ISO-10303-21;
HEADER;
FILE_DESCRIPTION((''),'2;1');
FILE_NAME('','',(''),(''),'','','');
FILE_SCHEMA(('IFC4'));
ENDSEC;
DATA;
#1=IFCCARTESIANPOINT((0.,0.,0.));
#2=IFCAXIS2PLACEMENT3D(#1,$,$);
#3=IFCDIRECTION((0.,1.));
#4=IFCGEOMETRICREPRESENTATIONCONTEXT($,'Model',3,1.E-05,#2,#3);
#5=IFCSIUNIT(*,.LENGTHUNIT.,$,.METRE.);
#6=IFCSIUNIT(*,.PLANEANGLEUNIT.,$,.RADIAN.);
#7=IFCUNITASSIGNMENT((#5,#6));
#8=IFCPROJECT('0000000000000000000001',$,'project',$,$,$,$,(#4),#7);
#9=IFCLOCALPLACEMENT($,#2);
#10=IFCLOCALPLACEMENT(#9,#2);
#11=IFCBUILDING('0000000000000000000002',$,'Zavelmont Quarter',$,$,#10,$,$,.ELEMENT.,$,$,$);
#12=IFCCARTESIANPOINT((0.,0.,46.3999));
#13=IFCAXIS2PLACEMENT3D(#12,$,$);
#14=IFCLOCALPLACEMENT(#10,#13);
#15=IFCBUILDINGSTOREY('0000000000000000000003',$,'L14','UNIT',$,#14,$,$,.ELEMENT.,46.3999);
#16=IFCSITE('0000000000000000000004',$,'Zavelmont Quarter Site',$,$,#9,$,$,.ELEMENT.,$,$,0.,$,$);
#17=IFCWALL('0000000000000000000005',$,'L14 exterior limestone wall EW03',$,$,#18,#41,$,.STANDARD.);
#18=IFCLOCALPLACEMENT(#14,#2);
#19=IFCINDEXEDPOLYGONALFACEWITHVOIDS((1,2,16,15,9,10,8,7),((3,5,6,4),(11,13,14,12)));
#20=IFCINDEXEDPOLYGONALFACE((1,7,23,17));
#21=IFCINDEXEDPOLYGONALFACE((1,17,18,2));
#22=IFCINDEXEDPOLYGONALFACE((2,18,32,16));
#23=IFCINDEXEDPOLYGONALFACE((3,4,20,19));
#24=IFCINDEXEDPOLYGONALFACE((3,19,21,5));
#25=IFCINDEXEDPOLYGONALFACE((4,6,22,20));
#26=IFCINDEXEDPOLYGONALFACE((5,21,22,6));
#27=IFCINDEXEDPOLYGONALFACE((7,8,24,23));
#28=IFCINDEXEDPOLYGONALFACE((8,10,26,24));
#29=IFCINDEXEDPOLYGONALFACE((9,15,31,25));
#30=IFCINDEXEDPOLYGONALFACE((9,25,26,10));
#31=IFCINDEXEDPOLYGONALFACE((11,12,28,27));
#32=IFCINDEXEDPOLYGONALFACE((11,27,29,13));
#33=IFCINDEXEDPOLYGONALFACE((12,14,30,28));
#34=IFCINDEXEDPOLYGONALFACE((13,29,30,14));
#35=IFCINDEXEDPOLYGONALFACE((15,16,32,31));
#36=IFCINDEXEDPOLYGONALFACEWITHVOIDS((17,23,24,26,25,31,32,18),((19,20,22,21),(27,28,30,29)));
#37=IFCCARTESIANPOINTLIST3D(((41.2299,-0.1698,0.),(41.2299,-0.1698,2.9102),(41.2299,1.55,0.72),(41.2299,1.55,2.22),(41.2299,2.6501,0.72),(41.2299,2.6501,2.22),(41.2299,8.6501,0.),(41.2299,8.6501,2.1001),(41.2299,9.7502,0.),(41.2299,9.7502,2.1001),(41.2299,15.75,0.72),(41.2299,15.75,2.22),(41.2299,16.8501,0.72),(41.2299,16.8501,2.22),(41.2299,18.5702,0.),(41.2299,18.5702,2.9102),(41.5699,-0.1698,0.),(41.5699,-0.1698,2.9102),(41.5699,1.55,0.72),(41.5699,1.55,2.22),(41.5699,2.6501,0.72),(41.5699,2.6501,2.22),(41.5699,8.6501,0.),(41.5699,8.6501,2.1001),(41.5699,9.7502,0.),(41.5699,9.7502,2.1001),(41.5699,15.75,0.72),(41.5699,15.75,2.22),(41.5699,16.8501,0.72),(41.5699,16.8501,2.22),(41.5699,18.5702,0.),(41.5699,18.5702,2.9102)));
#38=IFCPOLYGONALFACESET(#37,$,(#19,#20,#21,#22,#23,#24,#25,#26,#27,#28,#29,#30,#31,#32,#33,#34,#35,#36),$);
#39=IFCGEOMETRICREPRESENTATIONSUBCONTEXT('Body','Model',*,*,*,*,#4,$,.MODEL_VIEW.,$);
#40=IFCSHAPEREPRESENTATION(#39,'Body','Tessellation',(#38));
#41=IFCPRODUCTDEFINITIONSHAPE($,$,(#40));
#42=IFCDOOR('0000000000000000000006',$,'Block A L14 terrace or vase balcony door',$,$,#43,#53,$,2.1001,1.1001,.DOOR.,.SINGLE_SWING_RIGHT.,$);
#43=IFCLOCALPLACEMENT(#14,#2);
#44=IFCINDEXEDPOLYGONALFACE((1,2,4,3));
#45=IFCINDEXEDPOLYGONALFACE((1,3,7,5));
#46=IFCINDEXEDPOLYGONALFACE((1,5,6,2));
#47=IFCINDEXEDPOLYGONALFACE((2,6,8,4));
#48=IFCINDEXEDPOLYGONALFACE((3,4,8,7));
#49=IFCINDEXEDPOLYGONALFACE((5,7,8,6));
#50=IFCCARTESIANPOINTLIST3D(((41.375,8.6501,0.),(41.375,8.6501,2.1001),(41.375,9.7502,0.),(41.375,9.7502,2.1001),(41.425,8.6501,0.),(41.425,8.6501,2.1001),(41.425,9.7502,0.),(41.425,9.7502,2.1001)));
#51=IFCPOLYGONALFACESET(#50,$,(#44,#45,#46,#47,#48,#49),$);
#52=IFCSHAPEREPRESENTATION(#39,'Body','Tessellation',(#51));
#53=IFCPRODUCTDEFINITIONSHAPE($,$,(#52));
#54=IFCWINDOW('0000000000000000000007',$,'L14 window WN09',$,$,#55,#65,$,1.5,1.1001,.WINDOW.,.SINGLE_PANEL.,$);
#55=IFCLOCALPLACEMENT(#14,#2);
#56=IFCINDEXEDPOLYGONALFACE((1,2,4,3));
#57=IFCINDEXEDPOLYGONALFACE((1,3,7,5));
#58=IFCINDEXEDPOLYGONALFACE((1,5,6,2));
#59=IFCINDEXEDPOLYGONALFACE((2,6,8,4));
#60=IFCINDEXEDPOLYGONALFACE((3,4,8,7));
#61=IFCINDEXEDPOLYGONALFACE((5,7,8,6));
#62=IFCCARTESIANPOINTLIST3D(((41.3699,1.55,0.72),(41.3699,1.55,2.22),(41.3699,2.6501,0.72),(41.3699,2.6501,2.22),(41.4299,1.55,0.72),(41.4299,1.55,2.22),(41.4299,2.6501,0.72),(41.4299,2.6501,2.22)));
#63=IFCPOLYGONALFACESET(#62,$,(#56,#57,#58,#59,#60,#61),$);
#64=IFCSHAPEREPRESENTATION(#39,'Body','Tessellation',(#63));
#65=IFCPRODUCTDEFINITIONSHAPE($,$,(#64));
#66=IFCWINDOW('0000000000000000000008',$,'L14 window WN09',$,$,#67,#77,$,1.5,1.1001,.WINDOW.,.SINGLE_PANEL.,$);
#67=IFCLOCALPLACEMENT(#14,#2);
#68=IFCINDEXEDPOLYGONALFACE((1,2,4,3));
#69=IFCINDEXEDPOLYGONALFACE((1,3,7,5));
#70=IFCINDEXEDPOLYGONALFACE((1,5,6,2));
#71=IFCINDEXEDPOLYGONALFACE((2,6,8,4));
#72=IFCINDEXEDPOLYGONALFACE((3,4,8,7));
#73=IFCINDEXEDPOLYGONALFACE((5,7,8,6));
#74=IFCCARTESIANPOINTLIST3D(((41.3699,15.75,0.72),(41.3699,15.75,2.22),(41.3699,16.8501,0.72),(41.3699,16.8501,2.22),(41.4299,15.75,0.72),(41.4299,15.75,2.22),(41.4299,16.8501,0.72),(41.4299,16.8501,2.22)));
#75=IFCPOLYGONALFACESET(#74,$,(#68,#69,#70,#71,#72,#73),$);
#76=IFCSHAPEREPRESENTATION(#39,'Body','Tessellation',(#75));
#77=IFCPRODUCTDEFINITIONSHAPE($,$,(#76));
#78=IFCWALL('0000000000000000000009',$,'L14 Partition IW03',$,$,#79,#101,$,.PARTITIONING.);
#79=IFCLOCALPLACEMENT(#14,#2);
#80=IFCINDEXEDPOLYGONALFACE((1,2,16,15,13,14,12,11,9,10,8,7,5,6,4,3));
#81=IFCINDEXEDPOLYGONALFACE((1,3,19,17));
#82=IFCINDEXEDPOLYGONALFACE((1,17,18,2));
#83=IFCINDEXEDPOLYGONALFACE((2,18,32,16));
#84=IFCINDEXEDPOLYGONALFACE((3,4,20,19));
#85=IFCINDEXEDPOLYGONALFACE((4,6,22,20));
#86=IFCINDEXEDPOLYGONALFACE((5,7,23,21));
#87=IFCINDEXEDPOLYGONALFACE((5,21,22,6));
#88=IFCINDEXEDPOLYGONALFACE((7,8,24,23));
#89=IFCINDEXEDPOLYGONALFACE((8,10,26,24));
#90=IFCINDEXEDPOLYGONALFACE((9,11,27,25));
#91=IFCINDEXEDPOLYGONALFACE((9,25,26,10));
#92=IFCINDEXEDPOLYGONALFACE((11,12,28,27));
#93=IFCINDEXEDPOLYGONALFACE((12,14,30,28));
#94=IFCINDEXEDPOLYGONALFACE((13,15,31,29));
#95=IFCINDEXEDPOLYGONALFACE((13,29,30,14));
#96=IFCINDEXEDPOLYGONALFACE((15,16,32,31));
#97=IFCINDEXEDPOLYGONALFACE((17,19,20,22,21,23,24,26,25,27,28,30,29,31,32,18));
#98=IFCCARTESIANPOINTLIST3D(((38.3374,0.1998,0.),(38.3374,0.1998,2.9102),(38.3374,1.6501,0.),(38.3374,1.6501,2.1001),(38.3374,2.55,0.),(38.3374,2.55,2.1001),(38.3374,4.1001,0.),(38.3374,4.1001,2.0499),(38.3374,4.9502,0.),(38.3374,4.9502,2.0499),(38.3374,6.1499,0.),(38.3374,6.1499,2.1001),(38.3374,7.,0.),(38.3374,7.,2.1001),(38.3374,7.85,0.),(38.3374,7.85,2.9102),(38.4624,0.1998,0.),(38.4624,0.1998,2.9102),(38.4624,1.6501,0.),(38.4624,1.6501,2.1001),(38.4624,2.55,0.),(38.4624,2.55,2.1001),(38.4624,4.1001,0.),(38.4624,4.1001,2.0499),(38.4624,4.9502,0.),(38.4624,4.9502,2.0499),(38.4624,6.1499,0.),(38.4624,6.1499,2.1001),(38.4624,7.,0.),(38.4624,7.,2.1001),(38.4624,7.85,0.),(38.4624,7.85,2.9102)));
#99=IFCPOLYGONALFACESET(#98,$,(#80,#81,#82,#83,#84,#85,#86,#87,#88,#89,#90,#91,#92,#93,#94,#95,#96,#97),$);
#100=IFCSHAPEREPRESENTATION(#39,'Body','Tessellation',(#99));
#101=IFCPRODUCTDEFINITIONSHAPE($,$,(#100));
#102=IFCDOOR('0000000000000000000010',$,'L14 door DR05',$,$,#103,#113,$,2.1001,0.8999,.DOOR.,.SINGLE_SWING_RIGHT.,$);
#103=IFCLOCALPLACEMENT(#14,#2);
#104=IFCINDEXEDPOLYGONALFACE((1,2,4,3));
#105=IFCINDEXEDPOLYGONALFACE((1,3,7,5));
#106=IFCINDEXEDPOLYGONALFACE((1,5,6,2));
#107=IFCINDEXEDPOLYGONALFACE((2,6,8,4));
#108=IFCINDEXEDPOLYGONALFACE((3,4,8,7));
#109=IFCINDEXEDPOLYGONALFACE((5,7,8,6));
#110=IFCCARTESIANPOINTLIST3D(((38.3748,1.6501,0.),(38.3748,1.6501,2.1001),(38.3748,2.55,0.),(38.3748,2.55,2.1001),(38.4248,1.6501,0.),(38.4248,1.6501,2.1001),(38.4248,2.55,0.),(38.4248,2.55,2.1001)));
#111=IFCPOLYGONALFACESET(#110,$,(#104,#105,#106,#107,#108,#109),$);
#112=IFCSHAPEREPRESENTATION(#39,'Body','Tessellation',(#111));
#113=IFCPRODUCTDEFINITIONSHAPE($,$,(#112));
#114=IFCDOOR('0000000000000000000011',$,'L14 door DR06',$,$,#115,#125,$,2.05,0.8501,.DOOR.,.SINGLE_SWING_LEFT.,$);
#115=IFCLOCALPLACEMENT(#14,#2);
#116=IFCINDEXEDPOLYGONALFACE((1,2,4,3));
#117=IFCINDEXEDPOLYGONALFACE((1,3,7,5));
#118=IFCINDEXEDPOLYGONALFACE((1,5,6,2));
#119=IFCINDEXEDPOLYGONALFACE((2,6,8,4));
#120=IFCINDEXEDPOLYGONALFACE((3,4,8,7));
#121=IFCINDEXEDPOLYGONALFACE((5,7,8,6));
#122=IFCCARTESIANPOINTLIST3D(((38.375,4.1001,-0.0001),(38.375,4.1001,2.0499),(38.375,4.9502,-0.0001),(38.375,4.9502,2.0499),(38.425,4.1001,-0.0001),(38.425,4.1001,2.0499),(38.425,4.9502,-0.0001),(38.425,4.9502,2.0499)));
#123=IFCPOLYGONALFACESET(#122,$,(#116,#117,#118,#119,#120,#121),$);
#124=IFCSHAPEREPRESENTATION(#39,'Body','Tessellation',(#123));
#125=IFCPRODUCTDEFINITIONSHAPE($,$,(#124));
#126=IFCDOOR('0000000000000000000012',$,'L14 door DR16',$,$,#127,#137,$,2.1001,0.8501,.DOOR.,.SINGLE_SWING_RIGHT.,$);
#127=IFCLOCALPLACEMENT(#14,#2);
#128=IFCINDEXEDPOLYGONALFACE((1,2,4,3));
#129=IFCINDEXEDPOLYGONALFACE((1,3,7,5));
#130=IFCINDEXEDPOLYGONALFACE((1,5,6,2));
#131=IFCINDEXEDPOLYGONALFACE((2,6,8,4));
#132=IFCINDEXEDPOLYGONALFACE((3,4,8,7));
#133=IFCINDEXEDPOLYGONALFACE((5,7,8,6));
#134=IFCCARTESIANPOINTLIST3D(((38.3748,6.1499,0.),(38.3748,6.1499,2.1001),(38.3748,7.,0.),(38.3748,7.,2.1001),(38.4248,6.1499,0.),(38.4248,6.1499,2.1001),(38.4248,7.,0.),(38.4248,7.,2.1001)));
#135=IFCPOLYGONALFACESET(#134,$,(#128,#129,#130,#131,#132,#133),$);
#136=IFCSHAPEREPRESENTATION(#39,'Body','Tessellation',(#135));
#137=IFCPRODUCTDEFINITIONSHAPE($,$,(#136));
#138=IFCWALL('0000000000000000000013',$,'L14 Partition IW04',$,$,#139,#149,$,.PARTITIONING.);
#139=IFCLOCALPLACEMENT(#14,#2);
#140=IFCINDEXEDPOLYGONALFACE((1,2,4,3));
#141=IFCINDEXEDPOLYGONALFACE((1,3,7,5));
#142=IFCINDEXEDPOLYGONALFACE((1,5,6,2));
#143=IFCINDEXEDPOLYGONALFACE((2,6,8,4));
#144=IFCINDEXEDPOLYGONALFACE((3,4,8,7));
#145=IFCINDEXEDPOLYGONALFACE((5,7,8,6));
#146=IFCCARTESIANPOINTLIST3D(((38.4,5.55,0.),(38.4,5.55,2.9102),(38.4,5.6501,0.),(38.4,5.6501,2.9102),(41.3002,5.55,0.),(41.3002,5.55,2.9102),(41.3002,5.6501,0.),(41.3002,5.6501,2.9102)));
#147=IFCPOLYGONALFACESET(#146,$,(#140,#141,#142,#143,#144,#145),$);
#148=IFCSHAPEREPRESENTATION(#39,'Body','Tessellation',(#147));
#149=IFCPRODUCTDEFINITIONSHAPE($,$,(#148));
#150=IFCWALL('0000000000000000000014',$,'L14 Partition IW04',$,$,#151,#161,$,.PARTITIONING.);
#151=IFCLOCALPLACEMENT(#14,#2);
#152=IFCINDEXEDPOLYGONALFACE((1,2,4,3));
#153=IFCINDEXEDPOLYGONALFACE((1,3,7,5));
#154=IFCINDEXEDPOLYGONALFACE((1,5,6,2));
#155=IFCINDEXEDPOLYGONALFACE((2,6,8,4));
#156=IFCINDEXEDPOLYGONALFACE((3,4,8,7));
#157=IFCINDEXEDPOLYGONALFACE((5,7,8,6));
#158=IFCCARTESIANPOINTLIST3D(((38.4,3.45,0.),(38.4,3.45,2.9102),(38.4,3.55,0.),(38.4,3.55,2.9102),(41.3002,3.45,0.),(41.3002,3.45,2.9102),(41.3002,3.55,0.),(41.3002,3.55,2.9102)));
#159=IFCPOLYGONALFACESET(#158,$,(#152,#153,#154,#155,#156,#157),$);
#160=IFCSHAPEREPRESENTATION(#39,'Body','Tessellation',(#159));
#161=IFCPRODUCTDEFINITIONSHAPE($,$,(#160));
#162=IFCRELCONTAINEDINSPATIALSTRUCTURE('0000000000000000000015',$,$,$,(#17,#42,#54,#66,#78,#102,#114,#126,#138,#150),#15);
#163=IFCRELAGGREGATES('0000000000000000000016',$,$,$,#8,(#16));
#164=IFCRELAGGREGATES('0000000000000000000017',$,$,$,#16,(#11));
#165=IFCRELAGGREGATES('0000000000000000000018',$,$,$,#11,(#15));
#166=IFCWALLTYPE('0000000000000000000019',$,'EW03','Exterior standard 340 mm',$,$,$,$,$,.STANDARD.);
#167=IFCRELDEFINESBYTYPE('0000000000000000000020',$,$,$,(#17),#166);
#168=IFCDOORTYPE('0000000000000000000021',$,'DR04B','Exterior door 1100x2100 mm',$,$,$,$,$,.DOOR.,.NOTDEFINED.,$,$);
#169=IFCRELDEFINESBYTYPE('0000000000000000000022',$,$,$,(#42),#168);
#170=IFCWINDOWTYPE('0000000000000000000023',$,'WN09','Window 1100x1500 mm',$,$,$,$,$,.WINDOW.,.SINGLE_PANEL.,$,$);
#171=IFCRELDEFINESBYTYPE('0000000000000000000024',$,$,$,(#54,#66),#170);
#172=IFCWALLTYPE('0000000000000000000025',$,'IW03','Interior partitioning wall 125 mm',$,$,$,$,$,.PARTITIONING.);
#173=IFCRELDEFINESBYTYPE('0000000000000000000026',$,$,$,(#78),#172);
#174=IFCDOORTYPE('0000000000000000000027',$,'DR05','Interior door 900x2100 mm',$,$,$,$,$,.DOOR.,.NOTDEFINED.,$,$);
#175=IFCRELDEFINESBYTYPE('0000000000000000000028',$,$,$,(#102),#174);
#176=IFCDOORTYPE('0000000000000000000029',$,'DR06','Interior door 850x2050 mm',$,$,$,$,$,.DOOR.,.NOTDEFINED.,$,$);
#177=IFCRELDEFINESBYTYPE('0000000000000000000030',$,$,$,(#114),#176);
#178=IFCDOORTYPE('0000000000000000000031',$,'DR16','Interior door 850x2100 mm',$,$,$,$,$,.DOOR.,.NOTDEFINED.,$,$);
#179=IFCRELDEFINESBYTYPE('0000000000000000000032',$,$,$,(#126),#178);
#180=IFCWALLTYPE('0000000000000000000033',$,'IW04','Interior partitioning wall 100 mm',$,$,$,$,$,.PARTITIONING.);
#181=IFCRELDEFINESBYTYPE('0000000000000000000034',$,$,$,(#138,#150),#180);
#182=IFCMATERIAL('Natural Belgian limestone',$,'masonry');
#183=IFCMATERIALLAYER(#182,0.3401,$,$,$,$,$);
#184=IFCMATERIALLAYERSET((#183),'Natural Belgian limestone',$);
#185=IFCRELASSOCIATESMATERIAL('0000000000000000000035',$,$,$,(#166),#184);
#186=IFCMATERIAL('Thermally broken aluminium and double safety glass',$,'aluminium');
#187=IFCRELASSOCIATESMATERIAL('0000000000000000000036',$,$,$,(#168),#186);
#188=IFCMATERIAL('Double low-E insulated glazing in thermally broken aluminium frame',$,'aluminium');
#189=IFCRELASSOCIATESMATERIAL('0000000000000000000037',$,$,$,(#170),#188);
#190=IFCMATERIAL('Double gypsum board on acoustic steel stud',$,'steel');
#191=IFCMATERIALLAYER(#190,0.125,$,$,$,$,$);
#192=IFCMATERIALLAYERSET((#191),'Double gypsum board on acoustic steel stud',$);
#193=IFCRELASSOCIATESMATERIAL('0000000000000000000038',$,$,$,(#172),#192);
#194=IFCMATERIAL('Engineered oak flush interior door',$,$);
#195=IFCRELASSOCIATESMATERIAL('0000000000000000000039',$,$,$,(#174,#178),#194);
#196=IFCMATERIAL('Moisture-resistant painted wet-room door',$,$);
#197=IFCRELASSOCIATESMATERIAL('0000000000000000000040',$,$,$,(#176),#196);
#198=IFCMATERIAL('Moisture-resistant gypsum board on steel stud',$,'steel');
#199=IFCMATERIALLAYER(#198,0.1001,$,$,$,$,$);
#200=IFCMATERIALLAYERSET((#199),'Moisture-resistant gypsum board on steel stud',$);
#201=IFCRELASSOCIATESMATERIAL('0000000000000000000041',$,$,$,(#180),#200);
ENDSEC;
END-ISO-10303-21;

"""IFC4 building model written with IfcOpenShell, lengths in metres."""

from ifc_helpers import new_model, si_unit, direction, frame, frame_2d, origin, origin_with_axes, place, context, subcontext, project, spatial, rectangle, extrude, material, layer, layer_set, type_object, element, fill, save


model = new_model("IFC4")

# Units and contexts
model_context = context("Model", 3, precision=1e-05, world=origin(), true_north=direction((0.0, 1.0)))
body_context = subcontext(model_context, "Body", "Model", "MODEL_VIEW")
ifc_project = project(units=[si_unit("LENGTHUNIT", "METRE"), si_unit("PLANEANGLEUNIT", "RADIAN")], contexts=[model_context])

# Site, building, storey
site_placement = place(None, origin())
site = spatial("IfcSite", under=ifc_project, at=site_placement, Name="Zavelmont Quarter Site", CompositionType="ELEMENT", RefElevation=0.0)
building_placement = place(site_placement, origin())
building = spatial("IfcBuilding", under=site, at=building_placement, Name="Zavelmont Quarter", CompositionType="ELEMENT")
storey_placement = place(building_placement, frame((0.0, 0.0, 46.3999)))
storey = spatial("IfcBuildingStorey", under=building, at=storey_placement, Name="L14", Description="UNIT", CompositionType="ELEMENT", Elevation=46.3999)

# Wall, openings, door, windows
ifc_material_1 = material(Name="Natural Belgian limestone", Category="masonry")
ifc_layer_1 = layer(ifc_material_1, 0.3401)
ifc_layer_set_1 = layer_set([ifc_layer_1], Name="Natural Belgian limestone")
wall_type_1 = type_object("IfcWallType", Name="EW03", Description="Exterior standard 340 mm", PredefinedType="STANDARD", material=ifc_layer_set_1)
wall_1_placement = place(storey_placement, frame((41.3999, -0.1699, 0.0), z_axis=(0.0, 0.0, 1.0), x_axis=(0.0, 1.0, 0.0)))
wall_1 = element("IfcWall", 1, at=wall_1_placement, inside=storey, type_object=wall_type_1, Name="L14 exterior limestone wall EW03", PredefinedType="STANDARD", context=body_context, shape_type="SweptSolid", body=[
    extrude(rectangle(XDim=18.74, YDim=0.3401, at=frame_2d((9.3701, 0.0))), origin(), (0.0, 0.0, 1.0), 2.9102),
])
opening_1_placement = place(wall_1_placement, frame((8.8201, 0.0, 0.0)))
opening_1 = element("IfcOpeningElement", 2, at=opening_1_placement, cuts=wall_1, PredefinedType="OPENING", context=body_context, shape_type="SweptSolid", body=[
    extrude(rectangle(XDim=1.1001, YDim=2.1001, at=frame_2d((0.55, 1.05))), frame((0.0, 0.1821, 0.0), z_axis=(0.0, -1.0, 0.0), x_axis=(1.0, 0.0, 0.0)), (0.0, 0.0, 1.0), 0.364),
])
opening_2_placement = place(wall_1_placement, frame((1.72, 0.0, 0.72)))
opening_2 = element("IfcOpeningElement", 3, at=opening_2_placement, cuts=wall_1, PredefinedType="OPENING", context=body_context, shape_type="SweptSolid", body=[
    extrude(rectangle(XDim=1.1001, YDim=1.5, at=frame_2d((0.55, 0.75))), frame((0.0, 0.1821, 0.0), z_axis=(0.0, -1.0, 0.0), x_axis=(1.0, 0.0, 0.0)), (0.0, 0.0, 1.0), 0.364),
])
opening_3_placement = place(wall_1_placement, frame((15.9199, 0.0, 0.72)))
opening_3 = element("IfcOpeningElement", 4, at=opening_3_placement, cuts=wall_1, PredefinedType="OPENING", context=body_context, shape_type="SweptSolid", body=[
    extrude(rectangle(XDim=1.1001, YDim=1.5, at=frame_2d((0.55, 0.75))), frame((0.0, 0.1821, 0.0), z_axis=(0.0, -1.0, 0.0), x_axis=(1.0, 0.0, 0.0)), (0.0, 0.0, 1.0), 0.364),
])
ifc_material_2 = material(Name="Thermally broken aluminium and double safety glass", Category="aluminium")
door_type_1 = type_object("IfcDoorType", Name="DR04B", Description="Exterior door 1100x2100 mm", OperationType="NOTDEFINED", PredefinedType="DOOR", material=ifc_material_2)
door_1_placement = place(opening_1_placement, origin_with_axes())
door_1 = element("IfcDoor", 5, at=door_1_placement, inside=storey, type_object=door_type_1, Name="Block A L14 terrace or vase balcony door", OperationType="SINGLE_SWING_RIGHT", OverallHeight=2.1001, OverallWidth=1.1001, PredefinedType="DOOR", context=body_context, shape_type="SweptSolid", body=[
    extrude(rectangle(XDim=1.1001, YDim=2.1001, at=frame_2d((0.55, 1.05))), frame((0.0, 0.0249, 0.0), z_axis=(0.0, -1.0, 0.0), x_axis=(1.0, 0.0, 0.0)), (0.0, 0.0, 1.0), 0.05),
])
fill(opening_1, door_1)
ifc_material_3 = material(Name="Double low-E insulated glazing in thermally broken aluminium frame", Category="aluminium")
window_type = type_object("IfcWindowType", Name="WN09", Description="Window 1100x1500 mm", PartitioningType="SINGLE_PANEL", PredefinedType="WINDOW", material=ifc_material_3)
window_1_placement = place(opening_2_placement, origin_with_axes())
window_1 = element("IfcWindow", 6, at=window_1_placement, inside=storey, type_object=window_type, Name="L14 window WN09", OverallHeight=1.5, OverallWidth=1.1001, PartitioningType="SINGLE_PANEL", PredefinedType="WINDOW", context=body_context, shape_type="SweptSolid", body=[
    extrude(rectangle(XDim=1.1001, YDim=1.5, at=frame_2d((0.55, 0.75))), frame((0.0, 0.03, 0.0), z_axis=(0.0, -1.0, 0.0), x_axis=(1.0, 0.0, 0.0)), (0.0, 0.0, 1.0), 0.0601),
])
fill(opening_2, window_1)
window_2_placement = place(opening_3_placement, origin_with_axes())
window_2 = element("IfcWindow", 7, at=window_2_placement, inside=storey, type_object=window_type, Name="L14 window WN09", OverallHeight=1.5, OverallWidth=1.1001, PartitioningType="SINGLE_PANEL", PredefinedType="WINDOW", context=body_context, shape_type="SweptSolid", body=[
    extrude(rectangle(XDim=1.1001, YDim=1.5, at=frame_2d((0.55, 0.75))), frame((0.0, 0.03, 0.0), z_axis=(0.0, -1.0, 0.0), x_axis=(1.0, 0.0, 0.0)), (0.0, 0.0, 1.0), 0.0601),
])
fill(opening_3, window_2)

# Wall, openings, doors
ifc_material_4 = material(Name="Double gypsum board on acoustic steel stud", Category="steel")
ifc_layer_2 = layer(ifc_material_4, 0.125)
ifc_layer_set_2 = layer_set([ifc_layer_2], Name="Double gypsum board on acoustic steel stud")
wall_type_2 = type_object("IfcWallType", Name="IW03", Description="Interior partitioning wall 125 mm", PredefinedType="PARTITIONING", material=ifc_layer_set_2)
wall_2_placement = place(storey_placement, frame((38.3999, 7.8501, 0.0), z_axis=(0.0, 0.0, 1.0), x_axis=(0.0, -1.0, 0.0)))
wall_2 = element("IfcWall", 8, at=wall_2_placement, inside=storey, type_object=wall_type_2, Name="L14 Partition IW03", PredefinedType="PARTITIONING", context=body_context, shape_type="SweptSolid", body=[
    extrude(rectangle(XDim=7.6501, YDim=0.125, at=frame_2d((3.8252, 0.0))), origin(), (0.0, 0.0, 1.0), 2.9102),
])
opening_4_placement = place(wall_2_placement, frame((0.8501, 0.0, 0.0)))
opening_4 = element("IfcOpeningElement", 9, at=opening_4_placement, cuts=wall_2, PredefinedType="OPENING", context=body_context, shape_type="SweptSolid", body=[
    extrude(rectangle(XDim=0.8501, YDim=2.1001, at=frame_2d((0.425, 1.05))), frame((0.0, 0.0745, 0.0), z_axis=(0.0, -1.0, 0.0), x_axis=(1.0, 0.0, 0.0)), (0.0, 0.0, 1.0), 0.1489),
])
opening_5_placement = place(wall_2_placement, frame((2.8999, 0.0, 0.0)))
opening_5 = element("IfcOpeningElement", 10, at=opening_5_placement, cuts=wall_2, PredefinedType="OPENING", context=body_context, shape_type="SweptSolid", body=[
    extrude(rectangle(XDim=0.8501, YDim=2.05, at=frame_2d((0.425, 1.0249))), frame((0.0, 0.0745, 0.0), z_axis=(0.0, -1.0, 0.0), x_axis=(1.0, 0.0, 0.0)), (0.0, 0.0, 1.0), 0.1489),
])
opening_6_placement = place(wall_2_placement, frame((5.3, 0.0, 0.0)))
opening_6 = element("IfcOpeningElement", 11, at=opening_6_placement, cuts=wall_2, PredefinedType="OPENING", context=body_context, shape_type="SweptSolid", body=[
    extrude(rectangle(XDim=0.8999, YDim=2.1001, at=frame_2d((0.45, 1.05))), frame((0.0, 0.0745, 0.0), z_axis=(0.0, -1.0, 0.0), x_axis=(1.0, 0.0, 0.0)), (0.0, 0.0, 1.0), 0.1489),
])
ifc_material_5 = material(Name="Engineered oak flush interior door")
door_type_2 = type_object("IfcDoorType", Name="DR05", Description="Interior door 900x2100 mm", OperationType="NOTDEFINED", PredefinedType="DOOR", material=ifc_material_5)
door_2_placement = place(opening_6_placement, origin_with_axes())
door_2 = element("IfcDoor", 12, at=door_2_placement, inside=storey, type_object=door_type_2, Name="L14 door DR05", OperationType="SINGLE_SWING_RIGHT", OverallHeight=2.1001, OverallWidth=0.8999, PredefinedType="DOOR", context=body_context, shape_type="SweptSolid", body=[
    extrude(rectangle(XDim=0.8999, YDim=2.1001, at=frame_2d((0.45, 1.05))), frame((0.0, 0.0249, 0.0), z_axis=(0.0, -1.0, 0.0), x_axis=(1.0, 0.0, 0.0)), (0.0, 0.0, 1.0), 0.05),
])
fill(opening_6, door_2)
ifc_material_6 = material(Name="Moisture-resistant painted wet-room door")
door_type_3 = type_object("IfcDoorType", Name="DR06", Description="Interior door 850x2050 mm", OperationType="NOTDEFINED", PredefinedType="DOOR", material=ifc_material_6)
door_3_placement = place(opening_5_placement, frame((0.8501, 0.0, 0.0), z_axis=(0.0, 0.0, 1.0), x_axis=(-1.0, 0.0, 0.0)))
door_3 = element("IfcDoor", 13, at=door_3_placement, inside=storey, type_object=door_type_3, Name="L14 door DR06", OperationType="SINGLE_SWING_LEFT", OverallHeight=2.05, OverallWidth=0.8501, PredefinedType="DOOR", context=body_context, shape_type="SweptSolid", body=[
    extrude(rectangle(XDim=0.8501, YDim=2.05, at=frame_2d((0.425, 1.0249))), frame((0.0, 0.0249, 0.0), z_axis=(0.0, -1.0, 0.0), x_axis=(1.0, 0.0, 0.0)), (0.0, 0.0, 1.0), 0.05),
])
fill(opening_5, door_3)
door_type_4 = type_object("IfcDoorType", Name="DR16", Description="Interior door 850x2100 mm", OperationType="NOTDEFINED", PredefinedType="DOOR", material=ifc_material_5)
door_4_placement = place(opening_4_placement, origin_with_axes())
door_4 = element("IfcDoor", 14, at=door_4_placement, inside=storey, type_object=door_type_4, Name="L14 door DR16", OperationType="SINGLE_SWING_RIGHT", OverallHeight=2.1001, OverallWidth=0.8501, PredefinedType="DOOR", context=body_context, shape_type="SweptSolid", body=[
    extrude(rectangle(XDim=0.8501, YDim=2.1001, at=frame_2d((0.425, 1.05))), frame((0.0, 0.0249, 0.0), z_axis=(0.0, -1.0, 0.0), x_axis=(1.0, 0.0, 0.0)), (0.0, 0.0, 1.0), 0.05),
])
fill(opening_4, door_4)

# Walls
ifc_material_7 = material(Name="Moisture-resistant gypsum board on steel stud", Category="steel")
ifc_layer_3 = layer(ifc_material_7, 0.1001)
ifc_layer_set_3 = layer_set([ifc_layer_3], Name="Moisture-resistant gypsum board on steel stud")
wall_type_3 = type_object("IfcWallType", Name="IW04", Description="Interior partitioning wall 100 mm", PredefinedType="PARTITIONING", material=ifc_layer_set_3)
for number, where, z_axis, x_axis, name in (
    (15, (38.3999, 5.6001, 0.0), (0.0, 0.0, 1.0), (1.0, 0.0, 0.0), "L14 Partition IW04"),
    (16, (38.3999, 3.5, 0.0), (0.0, 0.0, 1.0), (1.0, 0.0, 0.0), "L14 Partition IW04"),
):
    element("IfcWall", number, at=place(storey_placement, frame(where, z_axis=z_axis, x_axis=x_axis)), inside=storey, type_object=wall_type_3, Name=name, PredefinedType="PARTITIONING", context=body_context, shape_type="SweptSolid", body=[
        extrude(rectangle(XDim=2.9001, YDim=0.1001, at=frame_2d((1.4502, 0.0))), origin(), (0.0, 0.0, 1.0), 2.9102),
    ])

save(model, "model.ifc")
